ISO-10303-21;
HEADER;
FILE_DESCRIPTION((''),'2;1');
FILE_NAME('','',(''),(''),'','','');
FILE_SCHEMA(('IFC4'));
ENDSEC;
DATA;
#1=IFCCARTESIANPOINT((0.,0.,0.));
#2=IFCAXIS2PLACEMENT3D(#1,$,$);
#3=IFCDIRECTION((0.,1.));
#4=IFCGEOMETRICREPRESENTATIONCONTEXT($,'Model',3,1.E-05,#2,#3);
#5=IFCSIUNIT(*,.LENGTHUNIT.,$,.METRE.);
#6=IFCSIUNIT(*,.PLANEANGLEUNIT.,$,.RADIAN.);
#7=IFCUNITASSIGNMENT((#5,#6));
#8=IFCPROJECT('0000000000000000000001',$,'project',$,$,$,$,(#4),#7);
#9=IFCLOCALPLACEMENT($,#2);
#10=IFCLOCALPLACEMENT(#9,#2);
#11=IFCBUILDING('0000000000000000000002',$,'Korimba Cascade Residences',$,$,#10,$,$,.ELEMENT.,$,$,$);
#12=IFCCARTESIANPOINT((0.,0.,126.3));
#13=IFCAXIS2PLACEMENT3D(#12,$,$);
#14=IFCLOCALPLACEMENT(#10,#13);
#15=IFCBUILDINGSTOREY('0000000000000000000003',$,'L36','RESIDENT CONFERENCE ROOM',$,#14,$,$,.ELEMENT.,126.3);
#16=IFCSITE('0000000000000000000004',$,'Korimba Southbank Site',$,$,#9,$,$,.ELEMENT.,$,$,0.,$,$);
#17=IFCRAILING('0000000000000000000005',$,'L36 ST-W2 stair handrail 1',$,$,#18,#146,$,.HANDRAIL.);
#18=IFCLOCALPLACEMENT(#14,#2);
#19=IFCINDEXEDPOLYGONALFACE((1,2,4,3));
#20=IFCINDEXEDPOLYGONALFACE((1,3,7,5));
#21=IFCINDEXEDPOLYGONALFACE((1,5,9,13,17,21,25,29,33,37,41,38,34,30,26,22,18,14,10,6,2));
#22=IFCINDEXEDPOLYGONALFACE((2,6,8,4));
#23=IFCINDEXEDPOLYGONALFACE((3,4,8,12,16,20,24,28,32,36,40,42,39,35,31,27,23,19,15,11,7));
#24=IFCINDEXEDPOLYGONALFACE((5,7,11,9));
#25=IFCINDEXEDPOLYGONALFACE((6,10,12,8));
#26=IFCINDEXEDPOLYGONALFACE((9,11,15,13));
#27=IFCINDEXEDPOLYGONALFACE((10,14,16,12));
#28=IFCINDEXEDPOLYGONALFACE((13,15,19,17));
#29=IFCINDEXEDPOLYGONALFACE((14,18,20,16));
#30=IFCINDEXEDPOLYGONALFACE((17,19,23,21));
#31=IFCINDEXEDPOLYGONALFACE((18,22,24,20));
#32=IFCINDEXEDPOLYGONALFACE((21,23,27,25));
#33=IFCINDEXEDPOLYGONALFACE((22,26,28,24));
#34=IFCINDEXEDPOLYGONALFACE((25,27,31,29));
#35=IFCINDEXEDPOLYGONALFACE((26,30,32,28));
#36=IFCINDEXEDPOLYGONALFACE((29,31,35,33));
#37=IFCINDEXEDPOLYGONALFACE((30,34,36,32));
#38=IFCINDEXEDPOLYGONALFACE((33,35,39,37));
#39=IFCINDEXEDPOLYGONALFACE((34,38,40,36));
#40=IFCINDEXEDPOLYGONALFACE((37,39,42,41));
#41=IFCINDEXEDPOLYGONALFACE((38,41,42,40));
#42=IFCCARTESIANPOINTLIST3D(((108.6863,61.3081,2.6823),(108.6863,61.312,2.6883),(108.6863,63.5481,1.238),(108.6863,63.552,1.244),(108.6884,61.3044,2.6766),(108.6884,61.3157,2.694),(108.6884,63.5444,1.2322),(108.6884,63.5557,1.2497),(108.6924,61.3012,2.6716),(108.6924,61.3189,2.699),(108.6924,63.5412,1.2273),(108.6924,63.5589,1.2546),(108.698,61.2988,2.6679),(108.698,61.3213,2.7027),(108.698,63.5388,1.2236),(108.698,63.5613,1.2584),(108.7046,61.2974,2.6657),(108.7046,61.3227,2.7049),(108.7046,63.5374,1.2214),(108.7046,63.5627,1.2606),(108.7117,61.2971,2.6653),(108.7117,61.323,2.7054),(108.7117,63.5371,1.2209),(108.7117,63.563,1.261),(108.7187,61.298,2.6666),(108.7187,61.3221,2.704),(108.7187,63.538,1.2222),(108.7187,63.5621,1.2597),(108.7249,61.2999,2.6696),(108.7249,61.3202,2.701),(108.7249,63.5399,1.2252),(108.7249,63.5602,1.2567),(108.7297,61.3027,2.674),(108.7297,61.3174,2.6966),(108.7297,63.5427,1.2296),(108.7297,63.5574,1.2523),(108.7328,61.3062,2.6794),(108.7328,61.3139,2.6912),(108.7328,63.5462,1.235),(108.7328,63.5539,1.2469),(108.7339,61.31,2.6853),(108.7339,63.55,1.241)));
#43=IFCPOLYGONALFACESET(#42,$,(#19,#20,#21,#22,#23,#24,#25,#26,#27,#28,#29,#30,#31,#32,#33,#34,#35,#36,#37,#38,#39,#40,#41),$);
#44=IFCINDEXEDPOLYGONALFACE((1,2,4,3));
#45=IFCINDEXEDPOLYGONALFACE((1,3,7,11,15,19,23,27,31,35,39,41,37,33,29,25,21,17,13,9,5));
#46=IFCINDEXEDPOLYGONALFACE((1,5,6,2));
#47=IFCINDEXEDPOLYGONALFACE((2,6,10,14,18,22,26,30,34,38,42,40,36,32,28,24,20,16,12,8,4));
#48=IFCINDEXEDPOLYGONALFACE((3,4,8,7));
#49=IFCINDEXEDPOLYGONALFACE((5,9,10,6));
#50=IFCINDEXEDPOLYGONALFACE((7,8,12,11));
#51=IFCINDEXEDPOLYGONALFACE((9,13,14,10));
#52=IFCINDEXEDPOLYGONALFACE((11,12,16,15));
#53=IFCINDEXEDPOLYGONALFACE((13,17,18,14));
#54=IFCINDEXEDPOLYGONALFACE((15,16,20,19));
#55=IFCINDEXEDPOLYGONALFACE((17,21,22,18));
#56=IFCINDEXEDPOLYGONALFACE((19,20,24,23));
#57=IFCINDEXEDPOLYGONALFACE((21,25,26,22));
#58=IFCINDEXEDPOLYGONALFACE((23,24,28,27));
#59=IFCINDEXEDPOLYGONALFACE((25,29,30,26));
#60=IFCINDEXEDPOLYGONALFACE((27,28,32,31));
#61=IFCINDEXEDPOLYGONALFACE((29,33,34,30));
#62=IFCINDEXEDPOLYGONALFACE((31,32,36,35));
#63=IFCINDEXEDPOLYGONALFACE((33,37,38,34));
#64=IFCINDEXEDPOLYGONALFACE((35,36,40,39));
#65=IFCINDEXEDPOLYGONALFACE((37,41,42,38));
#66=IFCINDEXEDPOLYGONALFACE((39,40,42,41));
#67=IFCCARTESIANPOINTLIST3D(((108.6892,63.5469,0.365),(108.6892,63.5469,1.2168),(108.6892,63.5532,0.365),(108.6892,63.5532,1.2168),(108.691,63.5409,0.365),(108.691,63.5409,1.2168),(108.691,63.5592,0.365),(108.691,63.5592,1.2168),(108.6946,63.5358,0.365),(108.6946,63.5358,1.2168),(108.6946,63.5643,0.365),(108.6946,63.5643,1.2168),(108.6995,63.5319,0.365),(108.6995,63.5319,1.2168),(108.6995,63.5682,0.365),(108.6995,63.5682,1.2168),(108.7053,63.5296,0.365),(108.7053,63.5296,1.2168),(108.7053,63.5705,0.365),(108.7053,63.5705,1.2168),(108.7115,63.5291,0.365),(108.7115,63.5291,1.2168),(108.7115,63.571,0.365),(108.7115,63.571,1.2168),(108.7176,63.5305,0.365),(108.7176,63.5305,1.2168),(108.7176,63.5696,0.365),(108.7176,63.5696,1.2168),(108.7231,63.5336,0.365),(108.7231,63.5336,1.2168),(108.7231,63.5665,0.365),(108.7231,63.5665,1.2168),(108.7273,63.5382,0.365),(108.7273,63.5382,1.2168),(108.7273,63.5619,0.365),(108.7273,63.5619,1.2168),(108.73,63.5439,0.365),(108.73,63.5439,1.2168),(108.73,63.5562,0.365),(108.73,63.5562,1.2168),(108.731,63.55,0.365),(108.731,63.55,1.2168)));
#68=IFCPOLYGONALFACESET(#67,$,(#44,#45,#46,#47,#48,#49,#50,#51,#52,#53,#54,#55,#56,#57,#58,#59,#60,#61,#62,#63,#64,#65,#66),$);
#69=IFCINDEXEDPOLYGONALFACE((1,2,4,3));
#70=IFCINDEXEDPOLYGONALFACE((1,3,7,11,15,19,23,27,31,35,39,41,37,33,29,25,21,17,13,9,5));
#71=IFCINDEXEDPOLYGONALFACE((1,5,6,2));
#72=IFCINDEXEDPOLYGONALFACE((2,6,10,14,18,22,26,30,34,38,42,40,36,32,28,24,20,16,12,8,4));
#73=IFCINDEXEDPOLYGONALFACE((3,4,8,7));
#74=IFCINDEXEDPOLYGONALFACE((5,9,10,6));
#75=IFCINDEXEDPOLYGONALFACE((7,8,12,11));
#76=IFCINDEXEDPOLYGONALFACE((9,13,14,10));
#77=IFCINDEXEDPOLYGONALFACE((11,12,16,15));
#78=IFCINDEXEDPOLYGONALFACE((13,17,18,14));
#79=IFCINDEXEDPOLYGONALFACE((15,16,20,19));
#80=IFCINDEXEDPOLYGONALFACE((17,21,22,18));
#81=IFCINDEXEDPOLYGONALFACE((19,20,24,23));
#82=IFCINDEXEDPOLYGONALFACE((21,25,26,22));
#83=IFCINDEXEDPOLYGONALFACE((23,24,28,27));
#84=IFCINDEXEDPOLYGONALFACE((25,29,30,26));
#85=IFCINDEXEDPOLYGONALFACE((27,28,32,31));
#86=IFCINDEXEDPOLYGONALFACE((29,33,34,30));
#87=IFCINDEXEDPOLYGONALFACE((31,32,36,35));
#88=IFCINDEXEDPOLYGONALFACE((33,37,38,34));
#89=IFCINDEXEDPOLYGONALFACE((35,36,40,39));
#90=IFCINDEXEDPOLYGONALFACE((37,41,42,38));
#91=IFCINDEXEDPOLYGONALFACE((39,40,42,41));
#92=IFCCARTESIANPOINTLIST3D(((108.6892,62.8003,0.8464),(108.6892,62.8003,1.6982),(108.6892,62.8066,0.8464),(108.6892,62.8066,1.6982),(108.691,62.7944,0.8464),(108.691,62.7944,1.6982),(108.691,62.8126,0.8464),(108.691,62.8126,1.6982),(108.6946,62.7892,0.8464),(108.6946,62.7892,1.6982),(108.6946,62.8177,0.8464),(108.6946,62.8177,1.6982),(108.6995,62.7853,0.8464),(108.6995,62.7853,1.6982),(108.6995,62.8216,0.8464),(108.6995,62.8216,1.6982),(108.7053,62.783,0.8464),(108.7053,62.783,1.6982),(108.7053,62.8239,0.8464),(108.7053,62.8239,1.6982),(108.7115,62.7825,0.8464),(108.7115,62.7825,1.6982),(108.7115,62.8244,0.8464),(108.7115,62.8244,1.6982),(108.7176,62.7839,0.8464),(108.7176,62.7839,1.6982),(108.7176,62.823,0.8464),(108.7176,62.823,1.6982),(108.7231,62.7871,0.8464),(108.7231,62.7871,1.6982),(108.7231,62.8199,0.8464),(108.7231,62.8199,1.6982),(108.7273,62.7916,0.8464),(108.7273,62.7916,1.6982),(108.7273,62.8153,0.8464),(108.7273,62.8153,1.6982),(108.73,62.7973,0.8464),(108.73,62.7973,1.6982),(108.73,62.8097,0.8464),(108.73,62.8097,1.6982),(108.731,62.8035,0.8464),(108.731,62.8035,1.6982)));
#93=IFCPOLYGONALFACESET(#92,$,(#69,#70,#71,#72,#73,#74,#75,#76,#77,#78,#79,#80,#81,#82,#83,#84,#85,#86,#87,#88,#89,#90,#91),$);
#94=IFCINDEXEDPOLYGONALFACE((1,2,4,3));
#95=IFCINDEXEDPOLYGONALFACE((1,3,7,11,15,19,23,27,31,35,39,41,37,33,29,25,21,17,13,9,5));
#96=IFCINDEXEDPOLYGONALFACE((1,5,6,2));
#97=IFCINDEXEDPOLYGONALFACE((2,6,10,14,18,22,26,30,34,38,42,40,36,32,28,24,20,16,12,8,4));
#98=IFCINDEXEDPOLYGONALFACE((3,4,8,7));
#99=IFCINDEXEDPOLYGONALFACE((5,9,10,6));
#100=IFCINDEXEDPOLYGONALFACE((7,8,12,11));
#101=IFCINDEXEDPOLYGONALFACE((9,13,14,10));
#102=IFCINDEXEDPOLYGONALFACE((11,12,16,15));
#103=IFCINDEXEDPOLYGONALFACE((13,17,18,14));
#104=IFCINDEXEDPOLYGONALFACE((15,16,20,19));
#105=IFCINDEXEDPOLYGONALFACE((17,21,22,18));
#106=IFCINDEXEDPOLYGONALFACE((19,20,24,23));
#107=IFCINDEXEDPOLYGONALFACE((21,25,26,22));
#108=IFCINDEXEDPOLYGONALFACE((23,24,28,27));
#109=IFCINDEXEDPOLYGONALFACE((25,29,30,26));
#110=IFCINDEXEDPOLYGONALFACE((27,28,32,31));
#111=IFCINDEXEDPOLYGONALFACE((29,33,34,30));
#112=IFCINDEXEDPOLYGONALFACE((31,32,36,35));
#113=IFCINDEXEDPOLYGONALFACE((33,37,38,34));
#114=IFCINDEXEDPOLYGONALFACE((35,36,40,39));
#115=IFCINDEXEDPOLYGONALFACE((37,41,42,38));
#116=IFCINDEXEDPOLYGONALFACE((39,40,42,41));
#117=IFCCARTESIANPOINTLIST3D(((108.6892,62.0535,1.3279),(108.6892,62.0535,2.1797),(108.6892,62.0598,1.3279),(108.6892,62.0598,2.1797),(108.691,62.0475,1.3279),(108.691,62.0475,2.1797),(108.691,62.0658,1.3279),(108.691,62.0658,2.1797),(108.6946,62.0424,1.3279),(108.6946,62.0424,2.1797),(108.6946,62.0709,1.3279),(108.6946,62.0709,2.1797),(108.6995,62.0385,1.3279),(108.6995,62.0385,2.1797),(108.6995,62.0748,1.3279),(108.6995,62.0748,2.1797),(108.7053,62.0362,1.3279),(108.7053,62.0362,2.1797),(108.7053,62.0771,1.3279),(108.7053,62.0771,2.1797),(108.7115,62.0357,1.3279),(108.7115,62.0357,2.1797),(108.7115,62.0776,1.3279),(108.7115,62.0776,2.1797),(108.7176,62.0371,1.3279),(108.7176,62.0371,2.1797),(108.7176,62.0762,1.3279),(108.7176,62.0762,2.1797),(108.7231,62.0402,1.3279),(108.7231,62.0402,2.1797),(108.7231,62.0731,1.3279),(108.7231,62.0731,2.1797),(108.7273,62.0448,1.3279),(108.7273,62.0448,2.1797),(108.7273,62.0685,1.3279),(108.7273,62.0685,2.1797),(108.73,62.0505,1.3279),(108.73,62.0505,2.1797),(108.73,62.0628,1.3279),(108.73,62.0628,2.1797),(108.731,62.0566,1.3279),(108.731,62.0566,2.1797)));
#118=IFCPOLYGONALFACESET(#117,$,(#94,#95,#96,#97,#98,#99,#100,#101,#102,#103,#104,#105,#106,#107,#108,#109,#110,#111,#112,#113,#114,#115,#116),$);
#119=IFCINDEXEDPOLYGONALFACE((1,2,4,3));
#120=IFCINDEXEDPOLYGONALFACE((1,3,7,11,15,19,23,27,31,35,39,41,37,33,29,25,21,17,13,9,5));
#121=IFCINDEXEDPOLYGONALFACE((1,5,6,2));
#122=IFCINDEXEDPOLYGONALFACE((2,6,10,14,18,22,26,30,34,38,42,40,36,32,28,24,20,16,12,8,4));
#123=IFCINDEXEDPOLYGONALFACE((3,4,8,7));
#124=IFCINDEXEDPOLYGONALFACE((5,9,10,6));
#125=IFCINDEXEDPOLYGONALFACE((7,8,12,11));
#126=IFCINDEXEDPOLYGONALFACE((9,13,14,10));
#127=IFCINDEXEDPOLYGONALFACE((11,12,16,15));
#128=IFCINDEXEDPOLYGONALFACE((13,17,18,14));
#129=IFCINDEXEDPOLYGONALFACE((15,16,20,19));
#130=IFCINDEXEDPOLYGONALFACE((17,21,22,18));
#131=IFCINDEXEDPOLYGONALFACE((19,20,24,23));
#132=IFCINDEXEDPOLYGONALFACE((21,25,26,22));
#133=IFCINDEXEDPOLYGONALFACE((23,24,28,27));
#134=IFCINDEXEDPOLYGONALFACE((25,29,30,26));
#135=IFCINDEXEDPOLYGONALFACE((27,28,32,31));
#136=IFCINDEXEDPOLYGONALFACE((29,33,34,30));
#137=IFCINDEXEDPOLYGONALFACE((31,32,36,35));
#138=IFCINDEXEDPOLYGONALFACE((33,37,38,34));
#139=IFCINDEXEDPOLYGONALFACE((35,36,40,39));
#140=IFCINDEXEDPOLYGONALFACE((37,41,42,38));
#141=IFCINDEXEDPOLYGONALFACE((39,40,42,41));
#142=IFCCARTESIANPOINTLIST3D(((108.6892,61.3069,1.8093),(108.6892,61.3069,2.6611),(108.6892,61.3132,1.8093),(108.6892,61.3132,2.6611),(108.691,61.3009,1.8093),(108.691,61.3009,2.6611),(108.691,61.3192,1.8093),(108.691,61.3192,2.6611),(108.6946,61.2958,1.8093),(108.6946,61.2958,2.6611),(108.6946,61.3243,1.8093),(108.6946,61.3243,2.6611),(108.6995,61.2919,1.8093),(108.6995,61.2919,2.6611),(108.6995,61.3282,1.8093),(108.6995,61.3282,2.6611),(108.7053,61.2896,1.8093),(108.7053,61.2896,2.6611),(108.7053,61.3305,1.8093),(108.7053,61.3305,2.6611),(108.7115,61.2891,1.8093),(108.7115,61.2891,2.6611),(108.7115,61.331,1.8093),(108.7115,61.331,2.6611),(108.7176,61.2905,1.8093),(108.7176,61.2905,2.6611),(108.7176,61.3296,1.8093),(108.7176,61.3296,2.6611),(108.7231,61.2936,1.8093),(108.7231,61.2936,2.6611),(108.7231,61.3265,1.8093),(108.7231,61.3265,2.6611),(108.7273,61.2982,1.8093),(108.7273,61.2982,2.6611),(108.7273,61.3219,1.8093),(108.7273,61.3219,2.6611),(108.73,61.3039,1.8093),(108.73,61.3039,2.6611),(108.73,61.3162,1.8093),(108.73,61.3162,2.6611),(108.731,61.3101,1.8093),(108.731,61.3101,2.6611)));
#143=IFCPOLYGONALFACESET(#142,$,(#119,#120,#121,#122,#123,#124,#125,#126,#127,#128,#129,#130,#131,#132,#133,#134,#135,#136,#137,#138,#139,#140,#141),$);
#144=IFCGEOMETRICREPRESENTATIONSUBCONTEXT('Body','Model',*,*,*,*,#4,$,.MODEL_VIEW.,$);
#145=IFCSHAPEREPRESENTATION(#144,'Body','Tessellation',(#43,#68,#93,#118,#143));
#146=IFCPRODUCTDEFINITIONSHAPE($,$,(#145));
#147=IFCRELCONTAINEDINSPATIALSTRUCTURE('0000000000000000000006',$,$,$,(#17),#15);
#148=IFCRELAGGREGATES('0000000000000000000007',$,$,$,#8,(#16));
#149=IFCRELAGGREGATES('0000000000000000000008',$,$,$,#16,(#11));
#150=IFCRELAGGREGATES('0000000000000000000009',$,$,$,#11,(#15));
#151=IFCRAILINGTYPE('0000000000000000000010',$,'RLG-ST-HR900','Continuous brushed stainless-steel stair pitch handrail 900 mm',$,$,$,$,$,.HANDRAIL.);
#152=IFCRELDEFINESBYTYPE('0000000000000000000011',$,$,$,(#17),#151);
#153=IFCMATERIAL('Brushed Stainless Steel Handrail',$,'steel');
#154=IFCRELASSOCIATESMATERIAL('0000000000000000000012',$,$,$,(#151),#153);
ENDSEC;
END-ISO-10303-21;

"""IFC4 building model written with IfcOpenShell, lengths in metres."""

from ifc_helpers import new_model, si_unit, direction, frame, origin, origin_2d, place, context, subcontext, project, spatial, circle, extrude, material, type_object, element, save


model = new_model("IFC4")

# Units and contexts
model_context = context("Model", 3, precision=1e-05, world=origin(), true_north=direction((0.0, 1.0)))
body_context = subcontext(model_context, "Body", "Model", "MODEL_VIEW")
ifc_project = project(units=[si_unit("LENGTHUNIT", "METRE"), si_unit("PLANEANGLEUNIT", "RADIAN")], contexts=[model_context])

# Site, building, storey
site_placement = place(None, origin())
site = spatial("IfcSite", under=ifc_project, at=site_placement, Name="Korimba Southbank Site", CompositionType="ELEMENT", RefElevation=0.0)
building_placement = place(site_placement, origin())
building = spatial("IfcBuilding", under=site, at=building_placement, Name="Korimba Cascade Residences", CompositionType="ELEMENT")
storey_placement = place(building_placement, frame((0.0, 0.0, 126.3)))
storey = spatial("IfcBuildingStorey", under=building, at=storey_placement, Name="L36", Description="RESIDENT CONFERENCE ROOM", CompositionType="ELEMENT", Elevation=126.3)

# Railing
ifc_material_1 = material(Name="Brushed Stainless Steel Handrail", Category="steel")
railing_type_1 = type_object("IfcRailingType", Name="RLG-ST-HR900", Description="Continuous brushed stainless-steel stair pitch handrail 900 mm", PredefinedType="HANDRAIL", material=ifc_material_1)
railing_1_placement = place(storey_placement, frame((108.71, 63.55, 0.365)))
element("IfcRailing", 1, at=railing_1_placement, inside=storey, type_object=railing_type_1, Name="L36 ST-W2 stair handrail 1", PredefinedType="HANDRAIL", context=body_context, shape_type="SweptSolid", body=[
    extrude(circle(Radius=0.0239, at=origin_2d()), frame((0.0, 0.0, 0.876), z_axis=(0.0, -0.840437, 0.54191), x_axis=(1.0, 0.0, 0.0)), (0.0, 0.0, 1.0), 2.6653),
    extrude(circle(Radius=0.021, at=origin_2d()), origin(), (0.0, 0.0, 1.0), 0.8518),
    extrude(circle(Radius=0.021, at=origin_2d()), frame((0.0, -0.7466, 0.4814)), (0.0, 0.0, 1.0), 0.8518),
    extrude(circle(Radius=0.021, at=origin_2d()), frame((0.0, -1.4934, 0.9629)), (0.0, 0.0, 1.0), 0.8518),
    extrude(circle(Radius=0.021, at=origin_2d()), frame((0.0, -2.24, 1.4443)), (0.0, 0.0, 1.0), 0.8518),
])

save(model, "model.ifc")
